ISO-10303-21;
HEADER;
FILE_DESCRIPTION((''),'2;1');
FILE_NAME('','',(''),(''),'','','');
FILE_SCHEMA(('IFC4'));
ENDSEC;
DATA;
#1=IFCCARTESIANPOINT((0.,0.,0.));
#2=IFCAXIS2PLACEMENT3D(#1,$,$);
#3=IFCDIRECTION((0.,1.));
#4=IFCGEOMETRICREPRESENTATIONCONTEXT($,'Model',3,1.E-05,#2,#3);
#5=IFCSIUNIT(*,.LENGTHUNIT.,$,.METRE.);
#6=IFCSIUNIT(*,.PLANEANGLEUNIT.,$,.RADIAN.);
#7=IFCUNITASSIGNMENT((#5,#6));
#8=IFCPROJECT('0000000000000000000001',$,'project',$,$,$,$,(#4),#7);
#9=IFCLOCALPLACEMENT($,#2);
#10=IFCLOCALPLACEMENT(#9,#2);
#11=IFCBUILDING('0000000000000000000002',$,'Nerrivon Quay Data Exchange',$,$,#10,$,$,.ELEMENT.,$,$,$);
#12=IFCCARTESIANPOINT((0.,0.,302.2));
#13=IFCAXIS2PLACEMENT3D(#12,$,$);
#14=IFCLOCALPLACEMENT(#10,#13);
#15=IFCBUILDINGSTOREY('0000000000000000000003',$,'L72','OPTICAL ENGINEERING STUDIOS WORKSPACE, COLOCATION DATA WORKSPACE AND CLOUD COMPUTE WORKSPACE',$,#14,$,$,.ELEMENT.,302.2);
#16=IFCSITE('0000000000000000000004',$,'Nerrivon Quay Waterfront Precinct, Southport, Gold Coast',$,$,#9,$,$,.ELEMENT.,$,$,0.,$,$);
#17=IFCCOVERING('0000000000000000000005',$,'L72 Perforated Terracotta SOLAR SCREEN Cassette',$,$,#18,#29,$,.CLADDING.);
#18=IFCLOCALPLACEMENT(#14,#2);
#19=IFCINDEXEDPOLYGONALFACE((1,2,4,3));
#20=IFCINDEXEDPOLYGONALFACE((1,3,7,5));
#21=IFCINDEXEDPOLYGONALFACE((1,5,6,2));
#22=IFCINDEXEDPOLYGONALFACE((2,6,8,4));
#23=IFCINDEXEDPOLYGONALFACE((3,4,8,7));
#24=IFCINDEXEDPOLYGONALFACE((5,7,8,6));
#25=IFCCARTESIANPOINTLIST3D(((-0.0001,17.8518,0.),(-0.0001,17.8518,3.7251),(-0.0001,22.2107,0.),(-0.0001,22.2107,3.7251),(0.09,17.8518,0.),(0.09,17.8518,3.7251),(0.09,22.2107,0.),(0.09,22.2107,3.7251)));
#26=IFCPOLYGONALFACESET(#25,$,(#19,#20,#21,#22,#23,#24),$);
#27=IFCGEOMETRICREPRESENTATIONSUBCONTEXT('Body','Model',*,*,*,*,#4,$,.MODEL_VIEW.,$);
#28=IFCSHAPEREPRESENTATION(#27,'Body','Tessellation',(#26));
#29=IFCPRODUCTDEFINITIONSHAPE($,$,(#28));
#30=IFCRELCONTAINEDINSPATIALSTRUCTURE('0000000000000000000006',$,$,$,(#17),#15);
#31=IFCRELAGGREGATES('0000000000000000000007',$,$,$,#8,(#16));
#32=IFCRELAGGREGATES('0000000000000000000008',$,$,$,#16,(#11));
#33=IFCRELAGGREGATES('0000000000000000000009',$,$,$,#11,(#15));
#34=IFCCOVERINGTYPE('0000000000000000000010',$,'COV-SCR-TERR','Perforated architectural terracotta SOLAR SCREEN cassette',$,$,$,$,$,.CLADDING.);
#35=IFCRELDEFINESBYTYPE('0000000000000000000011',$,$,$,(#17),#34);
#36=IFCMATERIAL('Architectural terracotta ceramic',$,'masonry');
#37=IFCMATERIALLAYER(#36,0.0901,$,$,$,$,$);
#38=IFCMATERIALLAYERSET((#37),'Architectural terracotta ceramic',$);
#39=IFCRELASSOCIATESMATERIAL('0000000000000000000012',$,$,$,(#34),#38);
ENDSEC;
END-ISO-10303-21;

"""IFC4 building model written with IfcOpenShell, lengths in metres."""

from ifc_helpers import new_model, si_unit, direction, frame, origin, origin_2d, place, context, subcontext, project, spatial, rectangle, extrude, material, layer, layer_set, type_object, element, save


model = new_model("IFC4")

# Units and contexts
model_context = context("Model", 3, precision=1e-05, world=origin(), true_north=direction((0.0, 1.0)))
body_context = subcontext(model_context, "Body", "Model", "MODEL_VIEW")
ifc_project = project(units=[si_unit("LENGTHUNIT", "METRE"), si_unit("PLANEANGLEUNIT", "RADIAN")], contexts=[model_context])

# Site, building, storey
site_placement = place(None, origin())
site = spatial("IfcSite", under=ifc_project, at=site_placement, Name="Nerrivon Quay Waterfront Precinct, Southport, Gold Coast", CompositionType="ELEMENT", RefElevation=0.0)
building_placement = place(site_placement, origin())
building = spatial("IfcBuilding", under=site, at=building_placement, Name="Nerrivon Quay Data Exchange", CompositionType="ELEMENT")
storey_placement = place(building_placement, frame((0.0, 0.0, 302.2)))
storey = spatial("IfcBuildingStorey", under=building, at=storey_placement, Name="L72", Description="OPTICAL ENGINEERING STUDIOS WORKSPACE, COLOCATION DATA WORKSPACE AND CLOUD COMPUTE WORKSPACE", CompositionType="ELEMENT", Elevation=302.2)

# Covering
ifc_material_1 = material(Name="Architectural terracotta ceramic", Category="masonry")
ifc_layer_1 = layer(ifc_material_1, 0.0901)
ifc_layer_set_1 = layer_set([ifc_layer_1], Name="Architectural terracotta ceramic")
covering_type = type_object("IfcCoveringType", Name="COV-SCR-TERR", Description="Perforated architectural terracotta SOLAR SCREEN cassette", PredefinedType="CLADDING", material=ifc_layer_set_1)
covering_placement = place(storey_placement, frame((0.0449, 20.0312, 0.0), z_axis=(0.0, 0.0, 1.0), x_axis=(0.0, 1.0, 0.0)))
element("IfcCovering", 1, at=covering_placement, inside=storey, type_object=covering_type, Name="L72 Perforated Terracotta SOLAR SCREEN Cassette", PredefinedType="CLADDING", context=body_context, shape_type="SweptSolid", body=[
    extrude(rectangle(XDim=4.3589, YDim=0.0901, at=origin_2d()), origin(), (0.0, 0.0, 1.0), 3.7251),
])

save(model, "model.ifc")
